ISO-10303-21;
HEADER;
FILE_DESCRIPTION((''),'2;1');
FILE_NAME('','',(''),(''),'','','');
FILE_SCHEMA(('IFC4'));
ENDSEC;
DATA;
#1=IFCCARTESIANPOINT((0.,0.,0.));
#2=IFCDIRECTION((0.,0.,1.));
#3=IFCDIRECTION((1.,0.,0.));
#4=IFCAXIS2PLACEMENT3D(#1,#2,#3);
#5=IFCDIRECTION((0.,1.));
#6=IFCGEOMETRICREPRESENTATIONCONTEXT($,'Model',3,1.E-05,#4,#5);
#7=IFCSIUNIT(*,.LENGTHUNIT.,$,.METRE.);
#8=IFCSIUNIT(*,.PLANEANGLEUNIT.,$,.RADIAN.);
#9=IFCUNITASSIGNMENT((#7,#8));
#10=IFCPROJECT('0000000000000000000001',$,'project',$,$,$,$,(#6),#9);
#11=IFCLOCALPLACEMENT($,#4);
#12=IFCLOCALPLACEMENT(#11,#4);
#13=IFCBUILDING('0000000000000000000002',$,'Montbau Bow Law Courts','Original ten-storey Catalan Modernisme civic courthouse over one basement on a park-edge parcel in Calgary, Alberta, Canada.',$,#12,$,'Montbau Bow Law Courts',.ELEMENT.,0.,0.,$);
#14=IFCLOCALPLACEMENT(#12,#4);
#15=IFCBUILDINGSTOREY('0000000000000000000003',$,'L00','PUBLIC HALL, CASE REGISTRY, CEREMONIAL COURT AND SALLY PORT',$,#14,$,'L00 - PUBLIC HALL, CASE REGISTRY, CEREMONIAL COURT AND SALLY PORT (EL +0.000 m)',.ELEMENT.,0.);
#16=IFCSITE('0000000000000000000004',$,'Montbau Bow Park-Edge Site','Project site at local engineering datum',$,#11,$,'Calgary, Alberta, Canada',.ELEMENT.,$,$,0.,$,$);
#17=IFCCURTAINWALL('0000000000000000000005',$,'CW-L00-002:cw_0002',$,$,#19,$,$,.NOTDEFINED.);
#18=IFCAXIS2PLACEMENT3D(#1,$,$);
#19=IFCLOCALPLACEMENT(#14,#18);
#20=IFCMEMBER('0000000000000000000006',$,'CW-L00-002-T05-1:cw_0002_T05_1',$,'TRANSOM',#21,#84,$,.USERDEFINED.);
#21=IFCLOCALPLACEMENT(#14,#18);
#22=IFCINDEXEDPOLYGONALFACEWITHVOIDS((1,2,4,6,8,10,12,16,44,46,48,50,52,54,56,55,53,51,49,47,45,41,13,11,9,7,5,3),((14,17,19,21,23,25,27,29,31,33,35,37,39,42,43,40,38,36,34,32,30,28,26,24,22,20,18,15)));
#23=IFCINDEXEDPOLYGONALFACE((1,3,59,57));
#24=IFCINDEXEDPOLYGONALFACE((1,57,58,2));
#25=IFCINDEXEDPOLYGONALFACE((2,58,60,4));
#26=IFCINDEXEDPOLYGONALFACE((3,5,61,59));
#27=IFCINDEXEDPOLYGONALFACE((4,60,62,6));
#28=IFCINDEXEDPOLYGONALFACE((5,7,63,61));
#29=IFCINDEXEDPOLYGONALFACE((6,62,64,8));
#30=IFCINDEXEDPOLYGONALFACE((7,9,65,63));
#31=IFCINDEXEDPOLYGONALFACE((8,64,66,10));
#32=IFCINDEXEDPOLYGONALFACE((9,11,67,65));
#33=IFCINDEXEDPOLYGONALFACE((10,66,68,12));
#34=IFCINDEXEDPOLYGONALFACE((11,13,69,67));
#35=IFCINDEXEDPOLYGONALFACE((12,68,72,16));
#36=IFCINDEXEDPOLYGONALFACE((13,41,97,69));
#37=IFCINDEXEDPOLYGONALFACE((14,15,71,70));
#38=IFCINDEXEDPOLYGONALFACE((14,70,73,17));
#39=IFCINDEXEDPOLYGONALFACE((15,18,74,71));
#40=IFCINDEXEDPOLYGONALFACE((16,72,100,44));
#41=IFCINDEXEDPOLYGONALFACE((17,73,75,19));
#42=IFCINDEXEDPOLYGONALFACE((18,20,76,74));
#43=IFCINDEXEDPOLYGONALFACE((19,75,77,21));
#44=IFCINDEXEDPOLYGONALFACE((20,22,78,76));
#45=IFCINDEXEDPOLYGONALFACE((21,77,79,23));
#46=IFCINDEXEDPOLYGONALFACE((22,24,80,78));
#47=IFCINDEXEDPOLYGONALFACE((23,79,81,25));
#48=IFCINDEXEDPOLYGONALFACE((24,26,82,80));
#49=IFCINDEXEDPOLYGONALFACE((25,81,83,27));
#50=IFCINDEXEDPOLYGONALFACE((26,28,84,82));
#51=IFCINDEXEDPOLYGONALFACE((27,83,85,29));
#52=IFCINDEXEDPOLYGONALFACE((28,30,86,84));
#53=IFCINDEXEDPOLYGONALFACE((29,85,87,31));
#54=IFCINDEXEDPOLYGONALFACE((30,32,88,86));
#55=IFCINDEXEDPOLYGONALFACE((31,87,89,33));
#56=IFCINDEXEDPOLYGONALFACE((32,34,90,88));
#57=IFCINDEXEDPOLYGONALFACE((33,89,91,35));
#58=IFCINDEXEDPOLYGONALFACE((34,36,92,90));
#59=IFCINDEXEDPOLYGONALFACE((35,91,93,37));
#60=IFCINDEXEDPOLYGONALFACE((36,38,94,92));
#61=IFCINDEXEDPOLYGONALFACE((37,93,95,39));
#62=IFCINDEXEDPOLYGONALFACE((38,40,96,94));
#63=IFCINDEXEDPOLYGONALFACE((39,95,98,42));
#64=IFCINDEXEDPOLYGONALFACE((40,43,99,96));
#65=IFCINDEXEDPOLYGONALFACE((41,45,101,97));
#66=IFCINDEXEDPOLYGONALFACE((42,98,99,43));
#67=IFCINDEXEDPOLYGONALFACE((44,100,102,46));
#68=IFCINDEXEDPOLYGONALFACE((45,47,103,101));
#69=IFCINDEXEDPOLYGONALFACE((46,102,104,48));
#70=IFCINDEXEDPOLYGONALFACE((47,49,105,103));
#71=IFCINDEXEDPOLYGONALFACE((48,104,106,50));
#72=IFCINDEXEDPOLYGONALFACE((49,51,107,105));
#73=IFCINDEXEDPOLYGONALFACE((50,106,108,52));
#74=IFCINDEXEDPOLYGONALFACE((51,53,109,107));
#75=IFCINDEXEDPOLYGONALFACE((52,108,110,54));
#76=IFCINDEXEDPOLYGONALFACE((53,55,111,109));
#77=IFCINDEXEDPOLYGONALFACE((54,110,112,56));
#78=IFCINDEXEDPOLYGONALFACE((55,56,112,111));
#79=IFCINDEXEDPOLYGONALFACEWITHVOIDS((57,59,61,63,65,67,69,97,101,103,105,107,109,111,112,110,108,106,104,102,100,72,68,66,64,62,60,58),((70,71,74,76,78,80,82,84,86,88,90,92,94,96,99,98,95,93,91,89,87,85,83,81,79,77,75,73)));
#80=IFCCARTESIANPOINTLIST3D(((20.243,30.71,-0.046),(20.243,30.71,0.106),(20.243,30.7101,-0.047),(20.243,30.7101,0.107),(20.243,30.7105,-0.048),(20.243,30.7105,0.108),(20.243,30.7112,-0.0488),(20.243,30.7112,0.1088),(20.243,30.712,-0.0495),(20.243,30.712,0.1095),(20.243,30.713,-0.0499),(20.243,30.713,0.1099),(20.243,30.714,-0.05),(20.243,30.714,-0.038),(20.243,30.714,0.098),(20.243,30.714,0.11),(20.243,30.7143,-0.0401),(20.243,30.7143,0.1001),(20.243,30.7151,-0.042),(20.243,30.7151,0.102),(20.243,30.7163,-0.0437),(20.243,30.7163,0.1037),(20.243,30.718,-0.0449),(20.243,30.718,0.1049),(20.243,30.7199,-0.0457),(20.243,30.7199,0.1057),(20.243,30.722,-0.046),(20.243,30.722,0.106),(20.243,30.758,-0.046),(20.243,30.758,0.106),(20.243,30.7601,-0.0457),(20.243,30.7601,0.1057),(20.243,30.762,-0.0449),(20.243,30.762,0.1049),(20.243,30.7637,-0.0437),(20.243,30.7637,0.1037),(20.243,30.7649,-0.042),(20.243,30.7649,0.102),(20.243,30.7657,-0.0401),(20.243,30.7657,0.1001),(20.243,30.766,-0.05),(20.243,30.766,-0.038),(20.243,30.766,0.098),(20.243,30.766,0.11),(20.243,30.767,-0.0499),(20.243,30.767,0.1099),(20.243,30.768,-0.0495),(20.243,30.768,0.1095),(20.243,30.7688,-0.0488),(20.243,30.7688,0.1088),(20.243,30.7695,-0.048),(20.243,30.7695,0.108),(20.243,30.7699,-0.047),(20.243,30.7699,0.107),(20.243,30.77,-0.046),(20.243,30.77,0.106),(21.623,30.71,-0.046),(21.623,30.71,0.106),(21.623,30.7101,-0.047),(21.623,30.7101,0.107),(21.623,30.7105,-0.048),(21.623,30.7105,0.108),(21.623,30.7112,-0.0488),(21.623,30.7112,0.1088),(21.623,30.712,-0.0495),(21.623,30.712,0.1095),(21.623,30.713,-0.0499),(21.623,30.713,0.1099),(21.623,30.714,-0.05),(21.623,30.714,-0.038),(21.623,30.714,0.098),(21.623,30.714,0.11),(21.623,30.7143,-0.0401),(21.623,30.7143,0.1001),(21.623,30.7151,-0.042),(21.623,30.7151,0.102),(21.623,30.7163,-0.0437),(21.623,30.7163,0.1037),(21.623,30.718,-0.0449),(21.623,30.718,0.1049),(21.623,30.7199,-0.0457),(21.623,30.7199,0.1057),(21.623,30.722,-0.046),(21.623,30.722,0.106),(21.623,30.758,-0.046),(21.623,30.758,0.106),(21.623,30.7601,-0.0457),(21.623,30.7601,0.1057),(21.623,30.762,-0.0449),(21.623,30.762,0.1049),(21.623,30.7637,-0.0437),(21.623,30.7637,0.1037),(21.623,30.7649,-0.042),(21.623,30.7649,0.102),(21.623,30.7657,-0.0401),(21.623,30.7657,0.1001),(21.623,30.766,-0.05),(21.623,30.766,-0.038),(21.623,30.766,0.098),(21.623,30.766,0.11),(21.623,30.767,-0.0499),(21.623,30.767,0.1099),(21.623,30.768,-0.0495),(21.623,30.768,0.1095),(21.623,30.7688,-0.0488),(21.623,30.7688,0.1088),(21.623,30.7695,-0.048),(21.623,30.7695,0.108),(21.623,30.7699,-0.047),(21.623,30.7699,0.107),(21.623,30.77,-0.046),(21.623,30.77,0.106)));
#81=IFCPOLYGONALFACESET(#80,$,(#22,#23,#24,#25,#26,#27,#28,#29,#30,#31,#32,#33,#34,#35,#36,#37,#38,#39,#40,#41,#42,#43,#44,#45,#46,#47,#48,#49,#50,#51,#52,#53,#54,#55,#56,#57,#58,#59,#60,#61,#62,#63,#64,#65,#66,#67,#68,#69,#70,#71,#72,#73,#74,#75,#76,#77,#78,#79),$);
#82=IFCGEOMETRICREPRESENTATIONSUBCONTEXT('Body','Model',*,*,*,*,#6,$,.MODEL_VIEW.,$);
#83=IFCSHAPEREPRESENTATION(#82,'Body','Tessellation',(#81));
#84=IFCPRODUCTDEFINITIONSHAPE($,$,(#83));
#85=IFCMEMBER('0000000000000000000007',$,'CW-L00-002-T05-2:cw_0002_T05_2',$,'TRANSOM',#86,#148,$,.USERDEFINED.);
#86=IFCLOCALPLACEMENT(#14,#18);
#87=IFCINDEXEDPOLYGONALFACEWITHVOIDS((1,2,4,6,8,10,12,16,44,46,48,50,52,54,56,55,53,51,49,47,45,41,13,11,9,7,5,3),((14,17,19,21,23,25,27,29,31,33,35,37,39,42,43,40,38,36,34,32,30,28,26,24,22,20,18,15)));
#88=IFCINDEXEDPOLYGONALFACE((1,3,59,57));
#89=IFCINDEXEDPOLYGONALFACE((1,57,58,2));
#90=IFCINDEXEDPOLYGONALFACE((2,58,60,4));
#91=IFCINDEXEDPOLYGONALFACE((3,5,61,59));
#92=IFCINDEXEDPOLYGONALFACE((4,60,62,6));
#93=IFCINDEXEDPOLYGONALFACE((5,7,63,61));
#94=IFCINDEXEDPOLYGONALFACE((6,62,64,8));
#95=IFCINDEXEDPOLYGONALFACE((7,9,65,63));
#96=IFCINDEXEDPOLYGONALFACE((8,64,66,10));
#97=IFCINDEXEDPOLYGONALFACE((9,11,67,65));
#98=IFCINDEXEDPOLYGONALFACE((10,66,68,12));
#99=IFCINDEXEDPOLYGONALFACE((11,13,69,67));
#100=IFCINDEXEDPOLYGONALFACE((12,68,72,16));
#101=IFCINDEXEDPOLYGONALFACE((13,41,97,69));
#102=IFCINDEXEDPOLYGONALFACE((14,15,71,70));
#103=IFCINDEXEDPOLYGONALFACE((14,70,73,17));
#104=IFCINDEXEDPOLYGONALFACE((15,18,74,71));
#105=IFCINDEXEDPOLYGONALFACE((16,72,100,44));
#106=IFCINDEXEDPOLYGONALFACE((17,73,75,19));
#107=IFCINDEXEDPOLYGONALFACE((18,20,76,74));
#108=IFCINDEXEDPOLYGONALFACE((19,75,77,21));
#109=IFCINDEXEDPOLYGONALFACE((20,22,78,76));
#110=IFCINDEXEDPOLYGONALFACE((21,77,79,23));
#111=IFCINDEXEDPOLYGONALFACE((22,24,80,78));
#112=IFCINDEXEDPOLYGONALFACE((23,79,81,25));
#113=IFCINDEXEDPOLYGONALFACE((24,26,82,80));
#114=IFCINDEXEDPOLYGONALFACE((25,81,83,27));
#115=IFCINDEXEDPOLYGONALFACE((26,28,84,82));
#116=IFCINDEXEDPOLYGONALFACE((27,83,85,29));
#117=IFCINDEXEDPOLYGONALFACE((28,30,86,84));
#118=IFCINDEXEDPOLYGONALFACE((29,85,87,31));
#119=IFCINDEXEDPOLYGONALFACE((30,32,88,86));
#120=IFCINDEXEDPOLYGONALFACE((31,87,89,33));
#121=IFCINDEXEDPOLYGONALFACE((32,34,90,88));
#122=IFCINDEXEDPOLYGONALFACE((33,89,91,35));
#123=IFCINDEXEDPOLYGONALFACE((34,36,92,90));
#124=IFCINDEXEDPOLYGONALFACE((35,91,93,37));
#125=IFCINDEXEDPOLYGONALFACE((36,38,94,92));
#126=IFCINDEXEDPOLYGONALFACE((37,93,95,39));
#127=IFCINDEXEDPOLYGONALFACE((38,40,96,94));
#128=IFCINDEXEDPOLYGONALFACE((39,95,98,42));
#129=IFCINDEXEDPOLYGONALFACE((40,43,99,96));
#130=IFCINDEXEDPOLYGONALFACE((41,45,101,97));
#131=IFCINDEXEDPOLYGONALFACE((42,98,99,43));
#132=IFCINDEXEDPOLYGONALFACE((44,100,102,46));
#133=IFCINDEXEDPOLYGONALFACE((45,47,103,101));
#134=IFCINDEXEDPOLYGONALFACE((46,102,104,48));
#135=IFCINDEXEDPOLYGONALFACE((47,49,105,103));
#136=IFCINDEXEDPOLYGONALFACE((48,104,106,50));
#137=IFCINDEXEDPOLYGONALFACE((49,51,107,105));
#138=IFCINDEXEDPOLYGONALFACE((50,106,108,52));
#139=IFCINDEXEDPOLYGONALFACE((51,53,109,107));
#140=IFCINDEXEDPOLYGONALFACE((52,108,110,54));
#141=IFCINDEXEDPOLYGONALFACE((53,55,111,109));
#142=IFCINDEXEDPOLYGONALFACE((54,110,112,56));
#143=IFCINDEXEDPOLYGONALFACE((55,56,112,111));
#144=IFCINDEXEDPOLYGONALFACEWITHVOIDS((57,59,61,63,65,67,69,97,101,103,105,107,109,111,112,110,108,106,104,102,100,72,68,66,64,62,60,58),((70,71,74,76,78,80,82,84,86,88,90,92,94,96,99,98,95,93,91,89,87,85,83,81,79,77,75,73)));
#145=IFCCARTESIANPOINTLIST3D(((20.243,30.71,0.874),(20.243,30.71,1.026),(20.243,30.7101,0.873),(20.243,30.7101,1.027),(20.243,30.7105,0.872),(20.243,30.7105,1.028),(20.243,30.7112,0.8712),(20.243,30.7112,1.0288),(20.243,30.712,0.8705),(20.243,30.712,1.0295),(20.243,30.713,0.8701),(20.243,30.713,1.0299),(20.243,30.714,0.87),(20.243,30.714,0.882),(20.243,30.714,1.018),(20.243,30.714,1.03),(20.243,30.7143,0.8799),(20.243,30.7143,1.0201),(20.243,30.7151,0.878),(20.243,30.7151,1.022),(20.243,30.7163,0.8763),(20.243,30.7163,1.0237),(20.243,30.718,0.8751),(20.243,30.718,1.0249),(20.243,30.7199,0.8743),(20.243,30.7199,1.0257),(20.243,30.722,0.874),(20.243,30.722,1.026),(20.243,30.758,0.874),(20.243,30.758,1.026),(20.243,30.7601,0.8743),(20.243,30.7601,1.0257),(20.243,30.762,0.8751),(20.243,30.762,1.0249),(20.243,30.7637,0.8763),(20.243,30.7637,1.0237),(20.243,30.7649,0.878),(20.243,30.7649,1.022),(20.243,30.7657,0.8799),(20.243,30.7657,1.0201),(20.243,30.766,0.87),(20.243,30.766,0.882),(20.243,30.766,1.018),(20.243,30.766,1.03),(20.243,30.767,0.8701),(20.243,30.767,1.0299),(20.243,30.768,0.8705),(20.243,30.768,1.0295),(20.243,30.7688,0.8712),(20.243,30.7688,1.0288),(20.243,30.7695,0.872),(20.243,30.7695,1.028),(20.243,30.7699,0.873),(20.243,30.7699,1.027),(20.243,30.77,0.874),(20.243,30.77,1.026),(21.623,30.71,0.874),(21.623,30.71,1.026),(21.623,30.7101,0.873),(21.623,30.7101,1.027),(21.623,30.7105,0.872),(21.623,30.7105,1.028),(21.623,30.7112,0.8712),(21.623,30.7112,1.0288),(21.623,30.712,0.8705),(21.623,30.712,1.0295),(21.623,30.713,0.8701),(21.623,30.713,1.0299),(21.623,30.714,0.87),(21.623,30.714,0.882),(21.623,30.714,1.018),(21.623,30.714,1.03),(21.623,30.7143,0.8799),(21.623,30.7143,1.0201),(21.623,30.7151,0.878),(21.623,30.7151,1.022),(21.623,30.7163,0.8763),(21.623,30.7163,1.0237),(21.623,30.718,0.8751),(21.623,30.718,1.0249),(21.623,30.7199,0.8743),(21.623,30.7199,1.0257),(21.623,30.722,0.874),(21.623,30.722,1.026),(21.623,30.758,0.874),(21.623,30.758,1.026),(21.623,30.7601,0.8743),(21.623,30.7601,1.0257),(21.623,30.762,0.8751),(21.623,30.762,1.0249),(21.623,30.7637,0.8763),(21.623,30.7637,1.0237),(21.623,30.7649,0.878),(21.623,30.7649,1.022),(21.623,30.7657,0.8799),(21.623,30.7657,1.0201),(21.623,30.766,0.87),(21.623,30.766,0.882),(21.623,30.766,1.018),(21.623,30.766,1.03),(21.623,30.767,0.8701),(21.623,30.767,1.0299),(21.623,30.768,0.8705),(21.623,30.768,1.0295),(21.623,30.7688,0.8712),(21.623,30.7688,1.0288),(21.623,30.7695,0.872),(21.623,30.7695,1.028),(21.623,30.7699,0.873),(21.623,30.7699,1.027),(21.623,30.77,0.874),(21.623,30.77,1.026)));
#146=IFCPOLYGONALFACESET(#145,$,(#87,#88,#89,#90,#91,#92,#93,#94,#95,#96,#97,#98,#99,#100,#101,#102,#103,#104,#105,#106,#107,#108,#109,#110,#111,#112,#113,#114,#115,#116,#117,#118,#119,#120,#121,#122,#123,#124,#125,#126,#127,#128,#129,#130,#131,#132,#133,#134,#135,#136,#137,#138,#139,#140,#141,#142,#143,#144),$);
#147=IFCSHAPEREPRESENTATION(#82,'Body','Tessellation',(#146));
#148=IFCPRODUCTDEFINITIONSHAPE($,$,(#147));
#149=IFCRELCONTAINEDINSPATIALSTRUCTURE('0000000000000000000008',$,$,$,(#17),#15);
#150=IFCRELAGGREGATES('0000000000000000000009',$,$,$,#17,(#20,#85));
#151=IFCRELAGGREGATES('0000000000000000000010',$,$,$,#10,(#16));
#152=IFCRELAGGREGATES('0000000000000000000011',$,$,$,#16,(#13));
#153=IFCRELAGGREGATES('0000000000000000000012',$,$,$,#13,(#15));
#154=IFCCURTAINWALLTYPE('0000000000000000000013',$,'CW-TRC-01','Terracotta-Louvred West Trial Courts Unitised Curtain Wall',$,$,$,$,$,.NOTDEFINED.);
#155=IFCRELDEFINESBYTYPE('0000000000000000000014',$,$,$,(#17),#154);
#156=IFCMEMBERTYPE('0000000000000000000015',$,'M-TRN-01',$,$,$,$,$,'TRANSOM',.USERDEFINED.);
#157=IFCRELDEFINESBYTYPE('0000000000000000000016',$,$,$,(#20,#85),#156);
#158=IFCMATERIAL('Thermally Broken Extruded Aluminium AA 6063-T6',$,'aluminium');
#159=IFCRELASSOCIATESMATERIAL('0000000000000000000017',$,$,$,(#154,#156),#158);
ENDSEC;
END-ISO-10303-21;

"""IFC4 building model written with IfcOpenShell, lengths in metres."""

from ifc_helpers import new_model, si_unit, direction, frame, origin_with_axes, origin_2d_with_axis, place, context, subcontext, project, spatial, hollow_rectangle, extrude, material, material_profile, profile_set, type_object, element, aggregate, save


model = new_model("IFC4")

# Units and contexts
model_context = context("Model", 3, precision=1e-05, world=origin_with_axes(), true_north=direction((0.0, 1.0)))
body_context = subcontext(model_context, "Body", "Model", "MODEL_VIEW")
ifc_project = project(units=[si_unit("LENGTHUNIT", "METRE"), si_unit("PLANEANGLEUNIT", "RADIAN")], contexts=[model_context])

# Site, building, storey
site_placement = place(None, origin_with_axes())
site = spatial("IfcSite", under=ifc_project, at=site_placement, Name="Montbau Bow Park-Edge Site", Description="Project site at local engineering datum", LongName="Calgary, Alberta, Canada", CompositionType="ELEMENT", RefElevation=0.0)
building_placement = place(site_placement, origin_with_axes())
building = spatial("IfcBuilding", under=site, at=building_placement, Name="Montbau Bow Law Courts", Description="Original ten-storey Catalan Modernisme civic courthouse over one basement on a park-edge parcel in Calgary, Alberta, Canada.", LongName="Montbau Bow Law Courts", CompositionType="ELEMENT", ElevationOfRefHeight=0.0, ElevationOfTerrain=0.0)
storey_placement = place(building_placement, origin_with_axes())
storey = spatial("IfcBuildingStorey", under=building, at=storey_placement, Name="L00", Description="PUBLIC HALL, CASE REGISTRY, CEREMONIAL COURT AND SALLY PORT", LongName="L00 - PUBLIC HALL, CASE REGISTRY, CEREMONIAL COURT AND SALLY PORT (EL +0.000 m)", CompositionType="ELEMENT", Elevation=0.0)

# Curtain wall, members
ifc_material_1 = material(Name="Thermally Broken Extruded Aluminium AA 6063-T6", Category="aluminium")
curtain_wall_type = type_object("IfcCurtainWallType", Name="CW-TRC-01", Description="Terracotta-Louvred West Trial Courts Unitised Curtain Wall", PredefinedType="NOTDEFINED", material=ifc_material_1)
curtain_wall_1_placement = place(None, frame((14.315, 30.74, 0.0), z_axis=(0.0, 0.0, 1.0), x_axis=(1.0, 0.0, 0.0)))
curtain_wall_1 = element("IfcCurtainWall", 1, at=curtain_wall_1_placement, inside=storey, type_object=curtain_wall_type, Name="CW-L00-002:cw_0002", PredefinedType="NOTDEFINED")
ifc_material_profile_1 = material_profile(ifc_material_1, hollow_rectangle(XDim=0.06, YDim=0.16, WallThickness=0.004, InnerFilletRadius=0.008, OuterFilletRadius=0.004, at=origin_2d_with_axis()), Name="CWT-160X60", Category="Main", Priority=0)
ifc_profile_set_1 = profile_set([ifc_material_profile_1], Name="Thermally Broken Extruded Aluminium AA 6063-T6")
member_type_1 = type_object("IfcMemberType", Name="M-TRN-01", ElementType="TRANSOM", PredefinedType="USERDEFINED", material=ifc_profile_set_1)
member_1_placement = place(None, frame((20.243, 30.74, 0.03), z_axis=(1.0, 0.0, 0.0), x_axis=(0.0, 1.0, 0.0)))
member_1 = element("IfcMember", 2, at=member_1_placement, type_object=member_type_1, Name="CW-L00-002-T05-1:cw_0002_T05_1", ObjectType="TRANSOM", PredefinedType="USERDEFINED", context=body_context, shape_type="SweptSolid", body=[
    extrude(hollow_rectangle(XDim=0.06, YDim=0.16, WallThickness=0.004, InnerFilletRadius=0.008, OuterFilletRadius=0.004, at=origin_2d_with_axis()), origin_with_axes(), (0.0, 0.0, 1.0), 1.38),
])
member_2_placement = place(None, frame((20.243, 30.74, 0.95), z_axis=(1.0, 0.0, 0.0), x_axis=(0.0, 1.0, 0.0)))
member_2 = element("IfcMember", 3, at=member_2_placement, type_object=member_type_1, Name="CW-L00-002-T05-2:cw_0002_T05_2", ObjectType="TRANSOM", PredefinedType="USERDEFINED", context=body_context, shape_type="SweptSolid", body=[
    extrude(hollow_rectangle(XDim=0.06, YDim=0.16, WallThickness=0.004, InnerFilletRadius=0.008, OuterFilletRadius=0.004, at=origin_2d_with_axis()), origin_with_axes(), (0.0, 0.0, 1.0), 1.38),
])

aggregate(curtain_wall_1, [member_1, member_2])

save(model, "model.ifc")
